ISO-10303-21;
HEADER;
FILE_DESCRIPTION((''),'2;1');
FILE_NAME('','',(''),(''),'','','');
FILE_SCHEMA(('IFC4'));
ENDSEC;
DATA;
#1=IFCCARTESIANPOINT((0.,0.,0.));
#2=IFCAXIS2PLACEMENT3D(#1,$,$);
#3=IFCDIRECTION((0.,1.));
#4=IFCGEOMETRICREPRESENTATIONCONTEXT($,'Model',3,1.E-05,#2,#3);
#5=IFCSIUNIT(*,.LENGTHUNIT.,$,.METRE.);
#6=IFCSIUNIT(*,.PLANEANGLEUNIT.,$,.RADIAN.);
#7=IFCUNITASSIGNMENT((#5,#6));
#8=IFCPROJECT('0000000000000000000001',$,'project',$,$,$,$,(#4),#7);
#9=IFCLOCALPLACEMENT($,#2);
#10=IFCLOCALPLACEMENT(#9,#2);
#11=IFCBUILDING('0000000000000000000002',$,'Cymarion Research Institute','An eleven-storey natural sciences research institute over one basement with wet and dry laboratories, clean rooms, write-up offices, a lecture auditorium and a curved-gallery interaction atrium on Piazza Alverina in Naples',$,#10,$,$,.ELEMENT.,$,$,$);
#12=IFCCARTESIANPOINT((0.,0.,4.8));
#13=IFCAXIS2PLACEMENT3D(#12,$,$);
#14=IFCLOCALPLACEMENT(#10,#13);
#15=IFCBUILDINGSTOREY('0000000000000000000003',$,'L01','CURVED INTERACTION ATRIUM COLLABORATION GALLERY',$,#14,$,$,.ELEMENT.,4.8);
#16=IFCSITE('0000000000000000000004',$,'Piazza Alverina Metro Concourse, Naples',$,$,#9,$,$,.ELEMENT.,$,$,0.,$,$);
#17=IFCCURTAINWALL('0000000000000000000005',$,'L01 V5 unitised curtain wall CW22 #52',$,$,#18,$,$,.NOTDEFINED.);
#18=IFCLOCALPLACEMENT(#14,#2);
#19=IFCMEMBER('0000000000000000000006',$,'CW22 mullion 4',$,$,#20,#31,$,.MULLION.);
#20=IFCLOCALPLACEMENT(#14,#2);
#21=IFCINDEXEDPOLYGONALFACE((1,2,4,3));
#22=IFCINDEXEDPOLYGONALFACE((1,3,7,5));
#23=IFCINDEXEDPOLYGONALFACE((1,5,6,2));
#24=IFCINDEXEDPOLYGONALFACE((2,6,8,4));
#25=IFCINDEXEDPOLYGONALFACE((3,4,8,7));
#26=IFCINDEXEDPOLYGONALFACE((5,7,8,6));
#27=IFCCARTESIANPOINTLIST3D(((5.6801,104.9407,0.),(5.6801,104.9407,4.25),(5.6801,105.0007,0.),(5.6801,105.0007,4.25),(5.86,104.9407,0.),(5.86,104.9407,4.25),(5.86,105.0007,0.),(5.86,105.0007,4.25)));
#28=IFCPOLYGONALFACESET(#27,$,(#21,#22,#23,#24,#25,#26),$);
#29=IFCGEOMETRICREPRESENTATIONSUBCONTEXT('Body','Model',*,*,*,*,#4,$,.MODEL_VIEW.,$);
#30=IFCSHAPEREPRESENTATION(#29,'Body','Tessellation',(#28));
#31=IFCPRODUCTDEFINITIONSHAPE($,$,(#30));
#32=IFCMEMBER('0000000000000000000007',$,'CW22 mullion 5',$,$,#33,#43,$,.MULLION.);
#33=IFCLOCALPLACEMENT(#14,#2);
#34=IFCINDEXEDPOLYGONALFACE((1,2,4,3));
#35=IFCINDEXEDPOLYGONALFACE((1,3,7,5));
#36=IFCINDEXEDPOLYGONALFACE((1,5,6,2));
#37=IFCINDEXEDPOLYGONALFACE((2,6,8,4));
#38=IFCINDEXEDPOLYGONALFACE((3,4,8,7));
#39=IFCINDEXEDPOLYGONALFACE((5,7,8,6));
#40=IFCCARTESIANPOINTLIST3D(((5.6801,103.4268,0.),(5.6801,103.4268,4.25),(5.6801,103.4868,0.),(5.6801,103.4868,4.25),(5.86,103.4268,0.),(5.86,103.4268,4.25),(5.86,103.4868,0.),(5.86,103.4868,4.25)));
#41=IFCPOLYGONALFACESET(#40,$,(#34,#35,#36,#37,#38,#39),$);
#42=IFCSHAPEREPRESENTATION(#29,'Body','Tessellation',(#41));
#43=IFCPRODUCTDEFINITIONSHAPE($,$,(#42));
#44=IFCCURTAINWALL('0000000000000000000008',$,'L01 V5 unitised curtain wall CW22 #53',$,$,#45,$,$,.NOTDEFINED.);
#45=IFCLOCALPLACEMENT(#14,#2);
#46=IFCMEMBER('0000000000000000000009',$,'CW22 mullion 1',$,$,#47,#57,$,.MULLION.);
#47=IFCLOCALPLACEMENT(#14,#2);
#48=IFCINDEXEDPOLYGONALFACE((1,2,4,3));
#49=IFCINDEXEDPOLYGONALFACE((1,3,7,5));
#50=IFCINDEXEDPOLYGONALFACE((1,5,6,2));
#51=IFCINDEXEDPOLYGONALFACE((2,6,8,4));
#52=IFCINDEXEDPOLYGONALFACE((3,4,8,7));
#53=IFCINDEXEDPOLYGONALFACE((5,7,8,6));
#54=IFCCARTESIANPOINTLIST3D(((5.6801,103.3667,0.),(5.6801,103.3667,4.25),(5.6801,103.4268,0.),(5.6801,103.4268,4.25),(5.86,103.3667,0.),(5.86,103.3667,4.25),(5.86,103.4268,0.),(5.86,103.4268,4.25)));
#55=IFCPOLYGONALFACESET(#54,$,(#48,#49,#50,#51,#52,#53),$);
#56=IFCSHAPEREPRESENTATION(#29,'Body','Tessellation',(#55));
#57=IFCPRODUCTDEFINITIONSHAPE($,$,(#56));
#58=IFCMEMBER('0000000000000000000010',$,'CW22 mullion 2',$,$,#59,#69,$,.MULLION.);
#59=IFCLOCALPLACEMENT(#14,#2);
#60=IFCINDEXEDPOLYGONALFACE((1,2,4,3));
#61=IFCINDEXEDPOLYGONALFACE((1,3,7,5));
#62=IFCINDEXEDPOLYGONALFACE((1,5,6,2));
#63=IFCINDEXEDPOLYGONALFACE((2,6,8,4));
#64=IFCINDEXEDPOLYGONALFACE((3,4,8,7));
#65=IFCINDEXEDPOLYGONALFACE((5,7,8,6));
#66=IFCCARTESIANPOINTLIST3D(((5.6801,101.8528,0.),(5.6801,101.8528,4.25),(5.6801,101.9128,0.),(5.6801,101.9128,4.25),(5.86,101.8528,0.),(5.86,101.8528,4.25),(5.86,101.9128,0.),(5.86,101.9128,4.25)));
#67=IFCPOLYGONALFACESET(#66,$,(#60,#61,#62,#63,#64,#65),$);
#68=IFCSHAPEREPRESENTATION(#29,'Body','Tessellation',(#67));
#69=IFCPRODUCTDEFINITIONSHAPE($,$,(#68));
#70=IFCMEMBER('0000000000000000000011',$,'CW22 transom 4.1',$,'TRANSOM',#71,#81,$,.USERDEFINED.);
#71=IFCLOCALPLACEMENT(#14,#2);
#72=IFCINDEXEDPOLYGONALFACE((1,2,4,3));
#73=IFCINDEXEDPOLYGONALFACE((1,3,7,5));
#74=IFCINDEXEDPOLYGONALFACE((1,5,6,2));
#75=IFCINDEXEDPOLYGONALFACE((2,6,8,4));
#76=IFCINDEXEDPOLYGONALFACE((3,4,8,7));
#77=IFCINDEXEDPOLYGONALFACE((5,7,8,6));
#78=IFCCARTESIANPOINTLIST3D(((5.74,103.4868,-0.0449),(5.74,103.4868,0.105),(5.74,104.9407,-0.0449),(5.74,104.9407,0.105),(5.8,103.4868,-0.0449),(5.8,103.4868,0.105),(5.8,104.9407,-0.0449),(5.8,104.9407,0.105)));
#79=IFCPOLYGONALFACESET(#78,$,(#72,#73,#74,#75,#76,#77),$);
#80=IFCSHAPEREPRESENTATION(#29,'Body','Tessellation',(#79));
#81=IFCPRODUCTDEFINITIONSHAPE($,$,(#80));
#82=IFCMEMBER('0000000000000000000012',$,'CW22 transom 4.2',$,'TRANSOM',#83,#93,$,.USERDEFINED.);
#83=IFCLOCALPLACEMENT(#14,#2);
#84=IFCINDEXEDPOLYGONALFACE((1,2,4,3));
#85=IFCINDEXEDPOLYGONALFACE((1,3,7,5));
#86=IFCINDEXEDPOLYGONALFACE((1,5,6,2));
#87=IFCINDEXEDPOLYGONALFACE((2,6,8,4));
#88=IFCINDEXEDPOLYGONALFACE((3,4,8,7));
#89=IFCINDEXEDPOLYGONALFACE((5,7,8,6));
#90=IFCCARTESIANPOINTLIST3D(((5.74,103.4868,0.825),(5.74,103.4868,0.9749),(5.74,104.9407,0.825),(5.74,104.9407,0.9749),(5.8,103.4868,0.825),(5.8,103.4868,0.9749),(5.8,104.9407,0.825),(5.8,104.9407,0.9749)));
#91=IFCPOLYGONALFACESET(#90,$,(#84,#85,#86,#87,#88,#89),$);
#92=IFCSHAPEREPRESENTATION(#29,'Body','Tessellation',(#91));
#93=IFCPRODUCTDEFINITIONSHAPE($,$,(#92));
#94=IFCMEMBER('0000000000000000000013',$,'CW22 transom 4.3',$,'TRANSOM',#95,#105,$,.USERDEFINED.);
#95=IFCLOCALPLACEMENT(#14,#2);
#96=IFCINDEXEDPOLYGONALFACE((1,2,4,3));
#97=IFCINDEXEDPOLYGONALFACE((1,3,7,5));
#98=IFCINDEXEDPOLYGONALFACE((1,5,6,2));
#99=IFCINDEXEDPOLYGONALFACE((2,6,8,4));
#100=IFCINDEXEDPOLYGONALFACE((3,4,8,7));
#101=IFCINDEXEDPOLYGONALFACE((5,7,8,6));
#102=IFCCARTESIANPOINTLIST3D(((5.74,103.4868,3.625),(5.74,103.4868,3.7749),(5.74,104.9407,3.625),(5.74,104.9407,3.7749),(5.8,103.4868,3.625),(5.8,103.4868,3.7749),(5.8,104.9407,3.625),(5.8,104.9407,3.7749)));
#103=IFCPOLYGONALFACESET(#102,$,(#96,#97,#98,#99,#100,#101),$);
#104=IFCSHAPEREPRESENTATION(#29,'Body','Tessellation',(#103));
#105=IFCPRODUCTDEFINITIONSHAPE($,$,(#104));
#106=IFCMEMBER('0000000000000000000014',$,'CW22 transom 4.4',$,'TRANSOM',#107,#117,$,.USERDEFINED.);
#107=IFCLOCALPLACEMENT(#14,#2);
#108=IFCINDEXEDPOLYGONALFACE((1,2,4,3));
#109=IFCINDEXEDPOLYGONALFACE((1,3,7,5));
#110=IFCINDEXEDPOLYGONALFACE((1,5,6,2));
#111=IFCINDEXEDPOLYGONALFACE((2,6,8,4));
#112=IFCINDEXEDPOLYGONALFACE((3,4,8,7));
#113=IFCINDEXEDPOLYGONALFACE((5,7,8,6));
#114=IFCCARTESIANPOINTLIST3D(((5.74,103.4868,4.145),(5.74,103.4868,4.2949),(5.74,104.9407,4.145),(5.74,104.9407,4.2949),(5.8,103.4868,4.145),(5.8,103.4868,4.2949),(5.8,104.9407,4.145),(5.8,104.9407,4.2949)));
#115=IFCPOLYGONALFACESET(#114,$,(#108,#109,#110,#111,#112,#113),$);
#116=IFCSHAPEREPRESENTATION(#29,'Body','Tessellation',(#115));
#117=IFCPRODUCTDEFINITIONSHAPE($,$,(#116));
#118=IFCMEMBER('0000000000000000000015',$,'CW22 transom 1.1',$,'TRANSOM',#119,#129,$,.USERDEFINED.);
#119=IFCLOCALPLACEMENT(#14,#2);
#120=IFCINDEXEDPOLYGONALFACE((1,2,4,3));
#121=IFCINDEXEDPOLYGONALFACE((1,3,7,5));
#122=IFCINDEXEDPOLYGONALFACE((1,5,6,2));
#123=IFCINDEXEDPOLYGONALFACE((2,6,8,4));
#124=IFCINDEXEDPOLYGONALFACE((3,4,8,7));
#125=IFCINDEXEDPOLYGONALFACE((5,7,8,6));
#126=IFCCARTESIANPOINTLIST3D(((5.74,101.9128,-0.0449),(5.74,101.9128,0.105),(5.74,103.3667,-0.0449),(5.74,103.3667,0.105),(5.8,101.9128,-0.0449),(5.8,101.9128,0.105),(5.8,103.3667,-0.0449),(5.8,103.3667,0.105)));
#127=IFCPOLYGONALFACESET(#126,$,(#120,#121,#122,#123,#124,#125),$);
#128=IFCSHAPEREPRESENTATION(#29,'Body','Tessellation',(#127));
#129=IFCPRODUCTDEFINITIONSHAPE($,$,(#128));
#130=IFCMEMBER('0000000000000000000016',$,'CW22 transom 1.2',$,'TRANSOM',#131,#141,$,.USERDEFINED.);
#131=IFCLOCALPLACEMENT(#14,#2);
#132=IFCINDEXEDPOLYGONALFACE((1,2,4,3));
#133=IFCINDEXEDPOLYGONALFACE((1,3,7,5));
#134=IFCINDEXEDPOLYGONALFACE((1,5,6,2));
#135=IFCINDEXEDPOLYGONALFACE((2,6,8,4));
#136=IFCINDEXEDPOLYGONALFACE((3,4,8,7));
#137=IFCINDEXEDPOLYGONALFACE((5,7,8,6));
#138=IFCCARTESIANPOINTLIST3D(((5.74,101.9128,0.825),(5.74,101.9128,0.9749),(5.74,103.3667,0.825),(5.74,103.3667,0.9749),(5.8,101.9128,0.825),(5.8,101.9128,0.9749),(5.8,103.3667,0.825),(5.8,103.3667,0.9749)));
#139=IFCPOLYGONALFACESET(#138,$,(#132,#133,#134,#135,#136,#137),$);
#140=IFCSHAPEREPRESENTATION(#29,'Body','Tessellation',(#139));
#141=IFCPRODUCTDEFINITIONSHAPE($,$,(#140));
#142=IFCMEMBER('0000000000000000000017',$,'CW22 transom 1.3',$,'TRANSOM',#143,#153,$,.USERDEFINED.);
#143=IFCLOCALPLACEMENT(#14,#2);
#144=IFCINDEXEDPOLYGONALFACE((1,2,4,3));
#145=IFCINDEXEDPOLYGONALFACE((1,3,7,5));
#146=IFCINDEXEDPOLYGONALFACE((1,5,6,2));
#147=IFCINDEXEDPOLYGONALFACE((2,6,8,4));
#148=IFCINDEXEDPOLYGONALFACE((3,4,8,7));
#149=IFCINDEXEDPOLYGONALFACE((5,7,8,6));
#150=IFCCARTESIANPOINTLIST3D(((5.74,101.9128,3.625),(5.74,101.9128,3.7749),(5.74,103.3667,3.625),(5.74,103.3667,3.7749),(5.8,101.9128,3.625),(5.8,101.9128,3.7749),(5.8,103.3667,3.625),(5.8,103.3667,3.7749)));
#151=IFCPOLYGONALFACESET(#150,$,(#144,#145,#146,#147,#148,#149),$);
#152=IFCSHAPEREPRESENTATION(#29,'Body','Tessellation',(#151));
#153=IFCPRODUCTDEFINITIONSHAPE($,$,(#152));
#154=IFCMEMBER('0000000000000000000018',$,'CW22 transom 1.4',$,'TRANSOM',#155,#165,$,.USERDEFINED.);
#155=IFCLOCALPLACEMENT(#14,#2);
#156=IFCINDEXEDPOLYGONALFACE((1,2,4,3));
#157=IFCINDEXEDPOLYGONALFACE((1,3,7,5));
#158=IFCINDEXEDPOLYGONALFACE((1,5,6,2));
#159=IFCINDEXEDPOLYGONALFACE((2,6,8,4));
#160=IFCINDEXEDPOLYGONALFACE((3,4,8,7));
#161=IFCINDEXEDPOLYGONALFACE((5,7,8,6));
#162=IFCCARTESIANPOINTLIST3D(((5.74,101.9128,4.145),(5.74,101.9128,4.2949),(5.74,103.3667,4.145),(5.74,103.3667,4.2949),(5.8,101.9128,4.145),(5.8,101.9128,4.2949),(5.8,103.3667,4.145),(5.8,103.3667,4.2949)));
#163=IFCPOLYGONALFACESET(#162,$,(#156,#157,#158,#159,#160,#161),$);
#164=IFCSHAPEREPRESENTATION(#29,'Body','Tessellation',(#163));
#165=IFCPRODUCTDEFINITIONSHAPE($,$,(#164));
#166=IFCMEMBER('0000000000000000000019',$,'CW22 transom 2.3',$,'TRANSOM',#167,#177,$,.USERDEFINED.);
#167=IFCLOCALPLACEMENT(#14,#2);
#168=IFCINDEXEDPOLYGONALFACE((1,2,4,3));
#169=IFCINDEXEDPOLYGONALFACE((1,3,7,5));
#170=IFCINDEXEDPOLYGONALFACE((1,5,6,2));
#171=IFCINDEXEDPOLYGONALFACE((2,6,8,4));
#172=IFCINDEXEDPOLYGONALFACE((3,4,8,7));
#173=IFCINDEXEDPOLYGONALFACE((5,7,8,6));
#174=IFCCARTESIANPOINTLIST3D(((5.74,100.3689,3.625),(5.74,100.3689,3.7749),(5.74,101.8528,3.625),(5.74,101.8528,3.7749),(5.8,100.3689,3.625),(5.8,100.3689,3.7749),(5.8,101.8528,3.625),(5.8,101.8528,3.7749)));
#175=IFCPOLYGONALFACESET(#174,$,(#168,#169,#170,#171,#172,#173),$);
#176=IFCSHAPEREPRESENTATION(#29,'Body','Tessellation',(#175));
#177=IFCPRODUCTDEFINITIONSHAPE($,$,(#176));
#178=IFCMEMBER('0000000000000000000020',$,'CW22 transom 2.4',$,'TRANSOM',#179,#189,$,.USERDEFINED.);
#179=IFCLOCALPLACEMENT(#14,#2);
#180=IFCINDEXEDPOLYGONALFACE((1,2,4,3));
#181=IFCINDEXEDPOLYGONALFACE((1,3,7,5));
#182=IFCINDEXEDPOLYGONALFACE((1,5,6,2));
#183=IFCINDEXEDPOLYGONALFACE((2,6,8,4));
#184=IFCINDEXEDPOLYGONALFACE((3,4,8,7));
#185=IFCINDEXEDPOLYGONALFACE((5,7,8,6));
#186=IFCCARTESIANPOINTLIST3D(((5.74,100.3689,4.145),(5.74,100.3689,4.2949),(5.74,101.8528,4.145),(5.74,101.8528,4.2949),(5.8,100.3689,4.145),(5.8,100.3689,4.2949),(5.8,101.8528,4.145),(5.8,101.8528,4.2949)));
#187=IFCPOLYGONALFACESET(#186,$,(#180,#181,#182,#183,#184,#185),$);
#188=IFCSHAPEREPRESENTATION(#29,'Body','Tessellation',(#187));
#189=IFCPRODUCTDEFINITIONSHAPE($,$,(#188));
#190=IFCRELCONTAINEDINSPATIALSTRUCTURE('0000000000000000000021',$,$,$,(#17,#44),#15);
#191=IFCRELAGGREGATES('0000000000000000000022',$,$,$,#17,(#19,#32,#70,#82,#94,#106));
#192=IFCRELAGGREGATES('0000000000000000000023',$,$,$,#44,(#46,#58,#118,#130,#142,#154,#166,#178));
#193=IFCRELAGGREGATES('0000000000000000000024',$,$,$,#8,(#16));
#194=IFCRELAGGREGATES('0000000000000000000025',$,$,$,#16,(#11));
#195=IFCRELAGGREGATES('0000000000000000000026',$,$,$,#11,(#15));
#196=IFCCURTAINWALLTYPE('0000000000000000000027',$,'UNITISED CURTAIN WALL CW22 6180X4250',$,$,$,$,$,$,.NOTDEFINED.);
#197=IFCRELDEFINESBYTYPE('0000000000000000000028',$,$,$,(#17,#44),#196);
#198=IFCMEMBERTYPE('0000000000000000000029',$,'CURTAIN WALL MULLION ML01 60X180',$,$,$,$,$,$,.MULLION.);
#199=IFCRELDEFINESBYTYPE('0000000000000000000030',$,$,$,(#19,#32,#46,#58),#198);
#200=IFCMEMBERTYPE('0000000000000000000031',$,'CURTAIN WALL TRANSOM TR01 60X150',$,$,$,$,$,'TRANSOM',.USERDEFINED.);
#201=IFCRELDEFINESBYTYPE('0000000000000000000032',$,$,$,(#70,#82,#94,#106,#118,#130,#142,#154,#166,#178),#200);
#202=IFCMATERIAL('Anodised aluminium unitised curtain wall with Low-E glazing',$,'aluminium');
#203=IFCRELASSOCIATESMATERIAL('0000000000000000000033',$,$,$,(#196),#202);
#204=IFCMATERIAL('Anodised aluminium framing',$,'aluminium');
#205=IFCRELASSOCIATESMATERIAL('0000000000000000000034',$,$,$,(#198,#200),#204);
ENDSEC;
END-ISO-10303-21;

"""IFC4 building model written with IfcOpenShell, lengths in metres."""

from ifc_helpers import new_model, si_unit, direction, frame, origin, origin_2d, place, context, subcontext, project, spatial, rectangle, extrude, material, material_profile, profile_set, type_object, element, aggregate, save


model = new_model("IFC4")

# Units and contexts
model_context = context("Model", 3, precision=1e-05, world=origin(), true_north=direction((0.0, 1.0)))
body_context = subcontext(model_context, "Body", "Model", "MODEL_VIEW")
ifc_project = project(units=[si_unit("LENGTHUNIT", "METRE"), si_unit("PLANEANGLEUNIT", "RADIAN")], contexts=[model_context])

# Site, building, storey
site_placement = place(None, origin())
site = spatial("IfcSite", under=ifc_project, at=site_placement, Name="Piazza Alverina Metro Concourse, Naples", CompositionType="ELEMENT", RefElevation=0.0)
building_placement = place(site_placement, origin())
building = spatial("IfcBuilding", under=site, at=building_placement, Name="Cymarion Research Institute", Description="An eleven-storey natural sciences research institute over one basement with wet and dry laboratories, clean rooms, write-up offices, a lecture auditorium and a curved-gallery interaction atrium on Piazza Alverina in Naples", CompositionType="ELEMENT")
storey_placement = place(building_placement, frame((0.0, 0.0, 4.8)))
storey = spatial("IfcBuildingStorey", under=building, at=storey_placement, Name="L01", Description="CURVED INTERACTION ATRIUM COLLABORATION GALLERY", CompositionType="ELEMENT", Elevation=4.8)

# Curtain walls, members
ifc_material_1 = material(Name="Anodised aluminium unitised curtain wall with Low-E glazing", Category="aluminium")
curtain_wall_type = type_object("IfcCurtainWallType", Name="UNITISED CURTAIN WALL CW22 6180X4250", PredefinedType="NOTDEFINED", material=ifc_material_1)
curtain_wall_1_placement = place(storey_placement, origin())
curtain_wall_1 = element("IfcCurtainWall", 1, at=curtain_wall_1_placement, inside=storey, type_object=curtain_wall_type, Name="L01 V5 unitised curtain wall CW22 #52", PredefinedType="NOTDEFINED")
ifc_material_2 = material(Name="Anodised aluminium framing", Category="aluminium")
ifc_material_profile_1 = material_profile(ifc_material_2, rectangle(XDim=0.0601, YDim=0.1799, at=origin_2d()), Name="ALU MULLION 60x180")
ifc_profile_set_1 = profile_set([ifc_material_profile_1], Name="Anodised aluminium framing")
member_type_1 = type_object("IfcMemberType", Name="CURTAIN WALL MULLION ML01 60X180", PredefinedType="MULLION", material=ifc_profile_set_1)
member_1_placement = place(storey_placement, frame((5.77, 104.9707, 0.0), z_axis=(0.0, 0.0, 1.0), x_axis=(0.0, -1.0, 0.0)))
member_1 = element("IfcMember", 2, at=member_1_placement, type_object=member_type_1, Name="CW22 mullion 4", PredefinedType="MULLION", context=body_context, shape_type="SweptSolid", body=[
    extrude(rectangle(XDim=0.0601, YDim=0.1799, at=origin_2d()), origin(), (0.0, 0.0, 1.0), 4.25),
])
member_2_placement = place(storey_placement, frame((5.77, 103.4568, 0.0), z_axis=(0.0, 0.0, 1.0), x_axis=(0.0, -1.0, 0.0)))
member_2 = element("IfcMember", 3, at=member_2_placement, type_object=member_type_1, Name="CW22 mullion 5", PredefinedType="MULLION", context=body_context, shape_type="SweptSolid", body=[
    extrude(rectangle(XDim=0.0601, YDim=0.1799, at=origin_2d()), origin(), (0.0, 0.0, 1.0), 4.25),
])
curtain_wall_2_placement = place(storey_placement, origin())
curtain_wall_2 = element("IfcCurtainWall", 4, at=curtain_wall_2_placement, inside=storey, type_object=curtain_wall_type, Name="L01 V5 unitised curtain wall CW22 #53", PredefinedType="NOTDEFINED")
member_3_placement = place(storey_placement, frame((5.77, 103.3967, 0.0), z_axis=(0.0, 0.0, 1.0), x_axis=(0.0, -1.0, 0.0)))
member_3 = element("IfcMember", 5, at=member_3_placement, type_object=member_type_1, Name="CW22 mullion 1", PredefinedType="MULLION", context=body_context, shape_type="SweptSolid", body=[
    extrude(rectangle(XDim=0.0601, YDim=0.1799, at=origin_2d()), origin(), (0.0, 0.0, 1.0), 4.25),
])
member_4_placement = place(storey_placement, frame((5.77, 101.8828, 0.0), z_axis=(0.0, 0.0, 1.0), x_axis=(0.0, -1.0, 0.0)))
member_4 = element("IfcMember", 6, at=member_4_placement, type_object=member_type_1, Name="CW22 mullion 2", PredefinedType="MULLION", context=body_context, shape_type="SweptSolid", body=[
    extrude(rectangle(XDim=0.0601, YDim=0.1799, at=origin_2d()), origin(), (0.0, 0.0, 1.0), 4.25),
])

# Members
ifc_material_profile_2 = material_profile(ifc_material_2, rectangle(XDim=0.0601, YDim=0.1499, at=origin_2d()), Name="ALU TRANSOM 60x150")
ifc_profile_set_2 = profile_set([ifc_material_profile_2], Name="Anodised aluminium framing")
member_type_2 = type_object("IfcMemberType", Name="CURTAIN WALL TRANSOM TR01 60X150", ElementType="TRANSOM", PredefinedType="USERDEFINED", material=ifc_profile_set_2)
member_5_placement = place(storey_placement, frame((5.77, 104.9407, 0.03), z_axis=(0.0, -1.0, 0.0), x_axis=(1.0, 0.0, 0.0)))
member_5 = element("IfcMember", 7, at=member_5_placement, type_object=member_type_2, Name="CW22 transom 4.1", ObjectType="TRANSOM", PredefinedType="USERDEFINED", context=body_context, shape_type="SweptSolid", body=[
    extrude(rectangle(XDim=0.0601, YDim=0.1499, at=origin_2d()), origin(), (0.0, 0.0, 1.0), 1.4539),
])
member_6_placement = place(storey_placement, frame((5.77, 104.9407, 0.8999), z_axis=(0.0, -1.0, 0.0), x_axis=(1.0, 0.0, 0.0)))
member_6 = element("IfcMember", 8, at=member_6_placement, type_object=member_type_2, Name="CW22 transom 4.2", ObjectType="TRANSOM", PredefinedType="USERDEFINED", context=body_context, shape_type="SweptSolid", body=[
    extrude(rectangle(XDim=0.0601, YDim=0.1499, at=origin_2d()), origin(), (0.0, 0.0, 1.0), 1.4539),
])
member_7_placement = place(storey_placement, frame((5.77, 104.9407, 3.7), z_axis=(0.0, -1.0, 0.0), x_axis=(1.0, 0.0, 0.0)))
member_7 = element("IfcMember", 9, at=member_7_placement, type_object=member_type_2, Name="CW22 transom 4.3", ObjectType="TRANSOM", PredefinedType="USERDEFINED", context=body_context, shape_type="SweptSolid", body=[
    extrude(rectangle(XDim=0.0601, YDim=0.1499, at=origin_2d()), origin(), (0.0, 0.0, 1.0), 1.4539),
])
member_8_placement = place(storey_placement, frame((5.77, 104.9407, 4.22), z_axis=(0.0, -1.0, 0.0), x_axis=(1.0, 0.0, 0.0)))
member_8 = element("IfcMember", 10, at=member_8_placement, type_object=member_type_2, Name="CW22 transom 4.4", ObjectType="TRANSOM", PredefinedType="USERDEFINED", context=body_context, shape_type="SweptSolid", body=[
    extrude(rectangle(XDim=0.0601, YDim=0.1499, at=origin_2d()), origin(), (0.0, 0.0, 1.0), 1.4539),
])
member_9_placement = place(storey_placement, frame((5.77, 103.3667, 0.03), z_axis=(0.0, -1.0, 0.0), x_axis=(1.0, 0.0, 0.0)))
member_9 = element("IfcMember", 11, at=member_9_placement, type_object=member_type_2, Name="CW22 transom 1.1", ObjectType="TRANSOM", PredefinedType="USERDEFINED", context=body_context, shape_type="SweptSolid", body=[
    extrude(rectangle(XDim=0.0601, YDim=0.1499, at=origin_2d()), origin(), (0.0, 0.0, 1.0), 1.4539),
])
member_10_placement = place(storey_placement, frame((5.77, 103.3667, 0.8999), z_axis=(0.0, -1.0, 0.0), x_axis=(1.0, 0.0, 0.0)))
member_10 = element("IfcMember", 12, at=member_10_placement, type_object=member_type_2, Name="CW22 transom 1.2", ObjectType="TRANSOM", PredefinedType="USERDEFINED", context=body_context, shape_type="SweptSolid", body=[
    extrude(rectangle(XDim=0.0601, YDim=0.1499, at=origin_2d()), origin(), (0.0, 0.0, 1.0), 1.4539),
])
member_11_placement = place(storey_placement, frame((5.77, 103.3667, 3.7), z_axis=(0.0, -1.0, 0.0), x_axis=(1.0, 0.0, 0.0)))
member_11 = element("IfcMember", 13, at=member_11_placement, type_object=member_type_2, Name="CW22 transom 1.3", ObjectType="TRANSOM", PredefinedType="USERDEFINED", context=body_context, shape_type="SweptSolid", body=[
    extrude(rectangle(XDim=0.0601, YDim=0.1499, at=origin_2d()), origin(), (0.0, 0.0, 1.0), 1.4539),
])
member_12_placement = place(storey_placement, frame((5.77, 103.3667, 4.22), z_axis=(0.0, -1.0, 0.0), x_axis=(1.0, 0.0, 0.0)))
member_12 = element("IfcMember", 14, at=member_12_placement, type_object=member_type_2, Name="CW22 transom 1.4", ObjectType="TRANSOM", PredefinedType="USERDEFINED", context=body_context, shape_type="SweptSolid", body=[
    extrude(rectangle(XDim=0.0601, YDim=0.1499, at=origin_2d()), origin(), (0.0, 0.0, 1.0), 1.4539),
])
member_13_placement = place(storey_placement, frame((5.77, 101.8528, 3.7), z_axis=(0.0, -1.0, 0.0), x_axis=(1.0, 0.0, 0.0)))
member_13 = element("IfcMember", 15, at=member_13_placement, type_object=member_type_2, Name="CW22 transom 2.3", ObjectType="TRANSOM", PredefinedType="USERDEFINED", context=body_context, shape_type="SweptSolid", body=[
    extrude(rectangle(XDim=0.0601, YDim=0.1499, at=origin_2d()), origin(), (0.0, 0.0, 1.0), 1.4839),
])
member_14_placement = place(storey_placement, frame((5.77, 101.8528, 4.22), z_axis=(0.0, -1.0, 0.0), x_axis=(1.0, 0.0, 0.0)))
member_14 = element("IfcMember", 16, at=member_14_placement, type_object=member_type_2, Name="CW22 transom 2.4", ObjectType="TRANSOM", PredefinedType="USERDEFINED", context=body_context, shape_type="SweptSolid", body=[
    extrude(rectangle(XDim=0.0601, YDim=0.1499, at=origin_2d()), origin(), (0.0, 0.0, 1.0), 1.4839),
])

aggregate(curtain_wall_1, [member_1, member_2, member_5, member_6, member_7, member_8])
aggregate(curtain_wall_2, [member_3, member_4, member_9, member_10, member_11, member_12, member_13, member_14])

save(model, "model.ifc")
